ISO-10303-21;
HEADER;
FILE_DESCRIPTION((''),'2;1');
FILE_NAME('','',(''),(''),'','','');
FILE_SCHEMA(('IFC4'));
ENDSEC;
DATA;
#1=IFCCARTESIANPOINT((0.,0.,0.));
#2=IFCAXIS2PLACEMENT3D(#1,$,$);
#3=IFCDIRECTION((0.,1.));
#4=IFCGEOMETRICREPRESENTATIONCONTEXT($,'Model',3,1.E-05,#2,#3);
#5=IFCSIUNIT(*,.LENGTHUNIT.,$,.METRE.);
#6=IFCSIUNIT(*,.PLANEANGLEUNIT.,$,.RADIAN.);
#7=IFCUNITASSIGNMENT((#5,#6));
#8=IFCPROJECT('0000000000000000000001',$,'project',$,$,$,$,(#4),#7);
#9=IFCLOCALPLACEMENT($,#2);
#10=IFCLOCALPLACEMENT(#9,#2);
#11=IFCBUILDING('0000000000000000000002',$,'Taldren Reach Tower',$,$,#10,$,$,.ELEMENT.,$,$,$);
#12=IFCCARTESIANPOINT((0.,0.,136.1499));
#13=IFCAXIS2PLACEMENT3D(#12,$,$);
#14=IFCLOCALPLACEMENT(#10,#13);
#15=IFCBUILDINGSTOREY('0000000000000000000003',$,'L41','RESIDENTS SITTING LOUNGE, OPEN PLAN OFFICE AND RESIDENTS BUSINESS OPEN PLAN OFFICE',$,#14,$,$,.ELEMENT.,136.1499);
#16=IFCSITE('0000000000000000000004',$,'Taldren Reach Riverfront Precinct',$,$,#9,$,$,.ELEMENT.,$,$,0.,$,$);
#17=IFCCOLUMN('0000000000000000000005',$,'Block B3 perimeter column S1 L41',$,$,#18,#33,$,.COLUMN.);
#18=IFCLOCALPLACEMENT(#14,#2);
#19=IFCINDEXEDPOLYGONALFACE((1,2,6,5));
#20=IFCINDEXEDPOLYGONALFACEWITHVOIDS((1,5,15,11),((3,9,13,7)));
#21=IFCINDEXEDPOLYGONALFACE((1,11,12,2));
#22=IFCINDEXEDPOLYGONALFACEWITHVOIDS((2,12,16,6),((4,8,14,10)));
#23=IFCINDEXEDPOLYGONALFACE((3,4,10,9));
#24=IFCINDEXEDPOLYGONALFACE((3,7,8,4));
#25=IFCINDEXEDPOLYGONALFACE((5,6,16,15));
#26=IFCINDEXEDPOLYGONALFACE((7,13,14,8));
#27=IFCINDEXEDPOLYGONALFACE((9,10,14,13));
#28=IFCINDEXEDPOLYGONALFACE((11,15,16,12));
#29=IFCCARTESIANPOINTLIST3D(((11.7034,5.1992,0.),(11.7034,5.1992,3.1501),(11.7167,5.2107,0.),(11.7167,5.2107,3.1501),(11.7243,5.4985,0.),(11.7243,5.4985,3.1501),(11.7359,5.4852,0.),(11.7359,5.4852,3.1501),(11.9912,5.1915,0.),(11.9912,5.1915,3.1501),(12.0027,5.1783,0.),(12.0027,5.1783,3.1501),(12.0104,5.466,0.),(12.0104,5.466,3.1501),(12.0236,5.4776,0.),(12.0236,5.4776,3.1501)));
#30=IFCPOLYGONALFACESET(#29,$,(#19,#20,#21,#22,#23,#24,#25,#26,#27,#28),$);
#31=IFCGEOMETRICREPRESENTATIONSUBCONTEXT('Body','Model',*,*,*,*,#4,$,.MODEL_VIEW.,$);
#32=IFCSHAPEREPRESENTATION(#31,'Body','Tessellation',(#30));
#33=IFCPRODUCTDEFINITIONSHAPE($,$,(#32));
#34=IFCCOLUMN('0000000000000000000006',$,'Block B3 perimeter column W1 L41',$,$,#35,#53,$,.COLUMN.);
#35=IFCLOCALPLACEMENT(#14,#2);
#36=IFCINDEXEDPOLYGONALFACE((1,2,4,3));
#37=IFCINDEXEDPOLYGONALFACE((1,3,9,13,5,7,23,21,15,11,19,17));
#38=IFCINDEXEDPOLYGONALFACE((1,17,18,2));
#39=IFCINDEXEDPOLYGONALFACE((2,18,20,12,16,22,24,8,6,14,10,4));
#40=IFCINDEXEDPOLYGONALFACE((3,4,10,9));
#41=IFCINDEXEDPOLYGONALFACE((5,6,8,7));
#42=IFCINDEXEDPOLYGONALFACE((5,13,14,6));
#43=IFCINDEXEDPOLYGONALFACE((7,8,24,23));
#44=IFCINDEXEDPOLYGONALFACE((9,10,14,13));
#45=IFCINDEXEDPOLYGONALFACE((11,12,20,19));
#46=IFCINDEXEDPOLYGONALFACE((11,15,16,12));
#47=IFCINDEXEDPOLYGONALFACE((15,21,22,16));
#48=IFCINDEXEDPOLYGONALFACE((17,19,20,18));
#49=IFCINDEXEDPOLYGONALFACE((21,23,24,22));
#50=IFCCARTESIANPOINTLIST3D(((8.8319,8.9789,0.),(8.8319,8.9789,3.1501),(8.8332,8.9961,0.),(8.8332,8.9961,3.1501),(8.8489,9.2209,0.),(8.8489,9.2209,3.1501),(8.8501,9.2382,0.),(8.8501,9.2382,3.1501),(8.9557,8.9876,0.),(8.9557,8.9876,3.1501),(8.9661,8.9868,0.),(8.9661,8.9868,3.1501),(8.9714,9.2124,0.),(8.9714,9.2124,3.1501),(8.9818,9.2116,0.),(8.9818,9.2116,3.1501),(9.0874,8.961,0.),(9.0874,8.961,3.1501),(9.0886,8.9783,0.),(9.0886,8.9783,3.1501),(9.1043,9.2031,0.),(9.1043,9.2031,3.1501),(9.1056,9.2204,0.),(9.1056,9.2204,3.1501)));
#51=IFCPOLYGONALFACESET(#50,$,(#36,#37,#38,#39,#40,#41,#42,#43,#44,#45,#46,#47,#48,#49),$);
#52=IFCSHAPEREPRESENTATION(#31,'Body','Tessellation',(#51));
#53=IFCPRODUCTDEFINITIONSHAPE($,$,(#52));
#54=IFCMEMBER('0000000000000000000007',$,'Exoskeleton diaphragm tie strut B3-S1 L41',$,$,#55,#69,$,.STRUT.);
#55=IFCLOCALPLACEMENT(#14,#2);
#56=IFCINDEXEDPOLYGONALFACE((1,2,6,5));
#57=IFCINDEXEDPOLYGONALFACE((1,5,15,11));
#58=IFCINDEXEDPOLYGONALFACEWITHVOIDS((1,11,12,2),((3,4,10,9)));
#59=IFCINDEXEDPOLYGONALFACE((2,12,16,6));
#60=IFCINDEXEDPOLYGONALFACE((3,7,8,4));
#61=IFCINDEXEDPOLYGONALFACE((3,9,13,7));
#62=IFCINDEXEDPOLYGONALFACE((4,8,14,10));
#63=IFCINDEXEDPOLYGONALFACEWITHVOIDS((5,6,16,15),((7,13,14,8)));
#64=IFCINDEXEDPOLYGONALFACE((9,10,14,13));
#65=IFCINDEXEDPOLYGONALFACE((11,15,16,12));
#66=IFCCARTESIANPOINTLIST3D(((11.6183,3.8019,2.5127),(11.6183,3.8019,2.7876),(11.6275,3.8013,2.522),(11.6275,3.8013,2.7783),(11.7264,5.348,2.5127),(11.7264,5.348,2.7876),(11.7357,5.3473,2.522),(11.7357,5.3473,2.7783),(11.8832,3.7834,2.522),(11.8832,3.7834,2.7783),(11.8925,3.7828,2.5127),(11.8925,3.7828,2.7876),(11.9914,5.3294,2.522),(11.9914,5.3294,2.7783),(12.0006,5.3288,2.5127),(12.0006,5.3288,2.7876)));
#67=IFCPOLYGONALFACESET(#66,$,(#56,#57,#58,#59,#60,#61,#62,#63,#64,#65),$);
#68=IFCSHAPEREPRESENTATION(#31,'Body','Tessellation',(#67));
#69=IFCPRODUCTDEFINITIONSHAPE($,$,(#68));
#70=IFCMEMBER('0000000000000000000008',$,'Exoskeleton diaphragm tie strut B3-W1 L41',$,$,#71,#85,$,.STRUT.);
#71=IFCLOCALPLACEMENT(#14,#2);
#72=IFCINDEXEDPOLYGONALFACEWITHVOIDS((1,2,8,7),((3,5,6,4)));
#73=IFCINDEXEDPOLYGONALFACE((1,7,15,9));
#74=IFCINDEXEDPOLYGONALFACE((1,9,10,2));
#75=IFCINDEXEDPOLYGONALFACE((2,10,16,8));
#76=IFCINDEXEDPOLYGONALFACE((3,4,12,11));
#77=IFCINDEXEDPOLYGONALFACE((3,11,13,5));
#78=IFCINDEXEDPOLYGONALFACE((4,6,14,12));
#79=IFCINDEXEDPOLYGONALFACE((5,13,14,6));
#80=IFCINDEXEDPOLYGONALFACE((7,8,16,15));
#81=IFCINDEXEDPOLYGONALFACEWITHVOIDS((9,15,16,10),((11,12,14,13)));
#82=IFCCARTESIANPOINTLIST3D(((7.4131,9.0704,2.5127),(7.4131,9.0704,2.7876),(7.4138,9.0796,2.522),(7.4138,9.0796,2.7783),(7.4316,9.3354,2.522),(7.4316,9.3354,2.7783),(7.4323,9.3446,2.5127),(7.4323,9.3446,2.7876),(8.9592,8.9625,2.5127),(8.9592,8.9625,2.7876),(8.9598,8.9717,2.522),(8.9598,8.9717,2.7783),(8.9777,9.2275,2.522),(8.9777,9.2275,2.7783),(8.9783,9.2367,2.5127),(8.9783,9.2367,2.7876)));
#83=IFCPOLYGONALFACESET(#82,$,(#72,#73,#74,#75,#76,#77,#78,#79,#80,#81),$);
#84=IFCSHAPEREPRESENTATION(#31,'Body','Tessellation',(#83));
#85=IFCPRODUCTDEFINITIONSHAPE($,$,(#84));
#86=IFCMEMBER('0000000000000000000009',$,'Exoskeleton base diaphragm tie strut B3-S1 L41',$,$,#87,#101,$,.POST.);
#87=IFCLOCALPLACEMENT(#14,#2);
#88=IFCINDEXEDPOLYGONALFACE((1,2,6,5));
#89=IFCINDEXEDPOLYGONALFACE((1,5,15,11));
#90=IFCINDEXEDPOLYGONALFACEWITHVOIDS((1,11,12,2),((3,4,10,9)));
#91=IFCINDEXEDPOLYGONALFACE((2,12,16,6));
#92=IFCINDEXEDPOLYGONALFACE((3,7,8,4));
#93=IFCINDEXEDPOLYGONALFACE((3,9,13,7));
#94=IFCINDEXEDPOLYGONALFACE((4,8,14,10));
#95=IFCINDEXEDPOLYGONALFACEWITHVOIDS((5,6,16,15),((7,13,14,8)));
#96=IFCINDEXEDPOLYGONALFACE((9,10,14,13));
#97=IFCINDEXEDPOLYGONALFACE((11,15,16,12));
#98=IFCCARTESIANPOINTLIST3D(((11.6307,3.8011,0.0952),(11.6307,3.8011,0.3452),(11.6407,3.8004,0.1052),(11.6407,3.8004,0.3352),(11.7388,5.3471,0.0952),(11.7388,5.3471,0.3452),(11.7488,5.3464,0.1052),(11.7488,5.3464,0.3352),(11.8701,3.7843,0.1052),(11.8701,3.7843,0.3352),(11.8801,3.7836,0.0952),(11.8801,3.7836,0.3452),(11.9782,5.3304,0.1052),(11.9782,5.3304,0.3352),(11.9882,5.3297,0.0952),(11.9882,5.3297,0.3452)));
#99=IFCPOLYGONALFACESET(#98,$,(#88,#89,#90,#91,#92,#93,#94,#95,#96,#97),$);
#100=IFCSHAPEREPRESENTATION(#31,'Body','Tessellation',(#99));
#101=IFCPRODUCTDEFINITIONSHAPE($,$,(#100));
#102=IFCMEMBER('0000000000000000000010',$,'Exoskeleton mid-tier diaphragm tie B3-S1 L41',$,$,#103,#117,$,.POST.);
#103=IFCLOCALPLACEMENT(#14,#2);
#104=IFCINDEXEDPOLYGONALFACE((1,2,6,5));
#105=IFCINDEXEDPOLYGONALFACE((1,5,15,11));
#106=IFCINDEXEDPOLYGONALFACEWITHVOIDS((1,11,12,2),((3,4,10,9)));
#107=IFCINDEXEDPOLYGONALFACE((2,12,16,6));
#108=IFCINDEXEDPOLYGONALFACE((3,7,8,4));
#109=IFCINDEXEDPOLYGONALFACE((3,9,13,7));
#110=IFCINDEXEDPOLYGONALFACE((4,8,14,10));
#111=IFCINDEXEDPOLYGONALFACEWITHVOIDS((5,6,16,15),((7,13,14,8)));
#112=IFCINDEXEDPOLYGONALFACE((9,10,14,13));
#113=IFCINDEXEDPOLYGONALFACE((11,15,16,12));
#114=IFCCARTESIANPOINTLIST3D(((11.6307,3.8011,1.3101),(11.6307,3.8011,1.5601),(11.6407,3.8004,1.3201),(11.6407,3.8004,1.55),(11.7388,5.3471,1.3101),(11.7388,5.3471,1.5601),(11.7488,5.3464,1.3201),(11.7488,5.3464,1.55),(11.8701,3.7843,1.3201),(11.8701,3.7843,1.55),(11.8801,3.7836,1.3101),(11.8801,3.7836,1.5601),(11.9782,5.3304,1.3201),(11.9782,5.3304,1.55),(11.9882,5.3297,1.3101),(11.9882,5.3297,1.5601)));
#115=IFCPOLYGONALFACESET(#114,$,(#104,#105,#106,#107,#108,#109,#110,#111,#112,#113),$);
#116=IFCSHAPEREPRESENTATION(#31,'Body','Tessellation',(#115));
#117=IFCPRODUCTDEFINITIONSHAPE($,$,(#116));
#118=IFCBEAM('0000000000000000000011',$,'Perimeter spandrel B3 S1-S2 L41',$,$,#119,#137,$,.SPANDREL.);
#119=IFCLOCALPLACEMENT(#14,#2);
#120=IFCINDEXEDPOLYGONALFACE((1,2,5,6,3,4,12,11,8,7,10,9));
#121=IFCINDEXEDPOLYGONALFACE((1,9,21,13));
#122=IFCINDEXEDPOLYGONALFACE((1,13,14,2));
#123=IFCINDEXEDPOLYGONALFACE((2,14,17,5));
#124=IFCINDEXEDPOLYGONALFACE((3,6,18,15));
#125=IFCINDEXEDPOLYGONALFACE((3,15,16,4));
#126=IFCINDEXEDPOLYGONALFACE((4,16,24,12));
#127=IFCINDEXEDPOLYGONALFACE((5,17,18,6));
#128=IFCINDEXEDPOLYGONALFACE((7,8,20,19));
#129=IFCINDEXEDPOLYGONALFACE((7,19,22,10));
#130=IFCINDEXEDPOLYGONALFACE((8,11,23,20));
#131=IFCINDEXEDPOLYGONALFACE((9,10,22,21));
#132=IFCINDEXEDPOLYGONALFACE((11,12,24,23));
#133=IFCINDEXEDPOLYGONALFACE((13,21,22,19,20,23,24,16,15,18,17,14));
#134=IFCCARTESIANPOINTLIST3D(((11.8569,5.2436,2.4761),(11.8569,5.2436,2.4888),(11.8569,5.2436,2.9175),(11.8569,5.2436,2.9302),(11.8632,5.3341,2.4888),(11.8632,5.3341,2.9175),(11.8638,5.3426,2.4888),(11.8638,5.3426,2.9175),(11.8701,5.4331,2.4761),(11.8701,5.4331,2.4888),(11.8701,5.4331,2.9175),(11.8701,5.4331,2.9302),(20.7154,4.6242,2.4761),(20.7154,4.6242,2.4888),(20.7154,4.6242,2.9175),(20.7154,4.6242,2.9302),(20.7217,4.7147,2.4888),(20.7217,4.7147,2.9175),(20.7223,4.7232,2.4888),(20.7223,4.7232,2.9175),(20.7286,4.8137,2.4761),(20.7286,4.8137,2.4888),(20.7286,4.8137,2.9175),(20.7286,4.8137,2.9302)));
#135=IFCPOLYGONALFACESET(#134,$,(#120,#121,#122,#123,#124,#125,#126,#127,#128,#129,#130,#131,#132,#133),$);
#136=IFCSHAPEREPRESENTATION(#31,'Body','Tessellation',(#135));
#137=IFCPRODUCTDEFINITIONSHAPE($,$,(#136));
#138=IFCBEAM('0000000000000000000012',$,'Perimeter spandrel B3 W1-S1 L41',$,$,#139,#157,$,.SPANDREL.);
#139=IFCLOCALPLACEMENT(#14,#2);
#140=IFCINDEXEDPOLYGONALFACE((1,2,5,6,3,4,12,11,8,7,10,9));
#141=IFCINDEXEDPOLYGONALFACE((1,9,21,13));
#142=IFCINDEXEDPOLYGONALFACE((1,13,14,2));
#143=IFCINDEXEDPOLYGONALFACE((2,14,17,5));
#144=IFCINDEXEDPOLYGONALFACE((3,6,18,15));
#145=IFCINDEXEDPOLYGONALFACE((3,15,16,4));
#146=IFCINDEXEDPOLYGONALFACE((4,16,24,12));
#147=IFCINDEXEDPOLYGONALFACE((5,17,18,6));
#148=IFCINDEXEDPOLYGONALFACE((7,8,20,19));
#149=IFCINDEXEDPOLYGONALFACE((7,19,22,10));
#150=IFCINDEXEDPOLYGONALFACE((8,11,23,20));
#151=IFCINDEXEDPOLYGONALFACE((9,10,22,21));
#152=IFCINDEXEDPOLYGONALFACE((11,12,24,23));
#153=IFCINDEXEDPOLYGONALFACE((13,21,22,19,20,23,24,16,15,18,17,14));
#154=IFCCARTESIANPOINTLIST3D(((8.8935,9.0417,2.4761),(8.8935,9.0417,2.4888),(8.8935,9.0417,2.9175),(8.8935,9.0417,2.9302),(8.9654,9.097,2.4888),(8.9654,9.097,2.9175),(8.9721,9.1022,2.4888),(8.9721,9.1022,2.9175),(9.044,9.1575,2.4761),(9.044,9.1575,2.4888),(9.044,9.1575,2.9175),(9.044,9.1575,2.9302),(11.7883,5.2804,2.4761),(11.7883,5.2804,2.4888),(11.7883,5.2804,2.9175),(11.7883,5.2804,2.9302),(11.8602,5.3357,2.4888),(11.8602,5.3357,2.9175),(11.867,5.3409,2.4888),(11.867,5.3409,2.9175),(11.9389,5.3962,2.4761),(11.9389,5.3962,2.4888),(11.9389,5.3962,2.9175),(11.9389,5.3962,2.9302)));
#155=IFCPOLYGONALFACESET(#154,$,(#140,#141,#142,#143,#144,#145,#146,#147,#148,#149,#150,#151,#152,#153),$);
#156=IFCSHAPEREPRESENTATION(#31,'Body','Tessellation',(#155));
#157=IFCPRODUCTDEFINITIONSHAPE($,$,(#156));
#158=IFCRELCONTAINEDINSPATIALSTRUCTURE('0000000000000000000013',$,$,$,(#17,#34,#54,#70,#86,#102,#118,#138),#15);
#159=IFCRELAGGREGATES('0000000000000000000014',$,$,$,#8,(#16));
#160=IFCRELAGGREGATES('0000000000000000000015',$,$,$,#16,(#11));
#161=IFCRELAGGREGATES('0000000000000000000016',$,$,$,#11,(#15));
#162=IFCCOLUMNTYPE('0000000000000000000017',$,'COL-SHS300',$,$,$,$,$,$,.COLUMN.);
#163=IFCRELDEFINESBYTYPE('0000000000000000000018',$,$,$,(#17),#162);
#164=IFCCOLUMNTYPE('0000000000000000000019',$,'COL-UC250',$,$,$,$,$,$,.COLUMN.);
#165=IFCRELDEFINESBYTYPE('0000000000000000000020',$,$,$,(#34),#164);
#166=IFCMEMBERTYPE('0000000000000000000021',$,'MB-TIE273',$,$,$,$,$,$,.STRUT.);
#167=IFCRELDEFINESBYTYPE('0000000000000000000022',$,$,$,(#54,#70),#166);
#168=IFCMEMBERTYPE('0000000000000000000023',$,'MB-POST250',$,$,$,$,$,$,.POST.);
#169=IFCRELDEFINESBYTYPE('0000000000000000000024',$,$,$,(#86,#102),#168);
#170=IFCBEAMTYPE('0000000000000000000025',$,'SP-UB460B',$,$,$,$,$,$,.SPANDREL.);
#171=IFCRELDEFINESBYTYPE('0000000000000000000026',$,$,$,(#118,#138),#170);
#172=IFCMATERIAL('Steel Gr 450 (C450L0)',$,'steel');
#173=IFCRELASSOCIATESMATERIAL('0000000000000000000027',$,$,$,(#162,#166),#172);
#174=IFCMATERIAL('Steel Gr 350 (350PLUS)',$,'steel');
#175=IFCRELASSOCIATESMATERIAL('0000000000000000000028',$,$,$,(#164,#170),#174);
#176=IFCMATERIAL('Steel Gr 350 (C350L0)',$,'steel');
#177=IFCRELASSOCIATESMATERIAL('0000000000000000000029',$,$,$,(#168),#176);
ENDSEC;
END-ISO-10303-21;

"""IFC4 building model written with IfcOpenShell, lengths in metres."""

from ifc_helpers import new_model, si_unit, direction, frame, origin, origin_2d, place, context, subcontext, project, spatial, hollow_rectangle, i_section, extrude, source, transform, mapped, material, material_profile, profile_set, type_object, element, save


model = new_model("IFC4")

# Units and contexts
model_context = context("Model", 3, precision=1e-05, world=origin(), true_north=direction((0.0, 1.0)))
body_context = subcontext(model_context, "Body", "Model", "MODEL_VIEW")
ifc_project = project(units=[si_unit("LENGTHUNIT", "METRE"), si_unit("PLANEANGLEUNIT", "RADIAN")], contexts=[model_context])

# Site, building, storey
site_placement = place(None, origin())
site = spatial("IfcSite", under=ifc_project, at=site_placement, Name="Taldren Reach Riverfront Precinct", CompositionType="ELEMENT", RefElevation=0.0)
building_placement = place(site_placement, origin())
building = spatial("IfcBuilding", under=site, at=building_placement, Name="Taldren Reach Tower", CompositionType="ELEMENT")
storey_placement = place(building_placement, frame((0.0, 0.0, 136.1499)))
storey = spatial("IfcBuildingStorey", under=building, at=storey_placement, Name="L41", Description="RESIDENTS SITTING LOUNGE, OPEN PLAN OFFICE AND RESIDENTS BUSINESS OPEN PLAN OFFICE", CompositionType="ELEMENT", Elevation=136.1499)

# Columns
ifc_material_1 = material(Name="Steel Gr 450 (C450L0)", Category="steel")
ifc_material_profile_1 = material_profile(ifc_material_1, hollow_rectangle(XDim=0.3, YDim=0.3, WallThickness=0.0125, at=origin_2d()), Name="300x300x12.5SHS")
ifc_profile_set_1 = profile_set([ifc_material_profile_1], Name="Steel Gr 450 (C450L0)")
column_type_1 = type_object("IfcColumnType", Name="COL-SHS300", PredefinedType="COLUMN", material=ifc_profile_set_1)
shared_shape_1 = source(origin(), body_context, "Body", "SweptSolid", [
    extrude(hollow_rectangle(XDim=0.3, YDim=0.3, WallThickness=0.0125, at=origin_2d()), origin(), (0.0, 0.0, 1.0), 3.1501),
])
column_1_placement = place(storey_placement, frame((11.8635, 5.3384, 0.0), z_axis=(0.0, 0.0, 1.0), x_axis=(0.997564, -0.069756, 0.0)))
element("IfcColumn", 1, at=column_1_placement, inside=storey, type_object=column_type_1, Name="Block B3 perimeter column S1 L41", PredefinedType="COLUMN", context=body_context, shape_type="MappedRepresentation", body=[
    mapped(shared_shape_1, transform((0.0, 0.0, 0.0), scale=1.0)),
])
ifc_material_2 = material(Name="Steel Gr 350 (350PLUS)", Category="steel")
ifc_material_profile_2 = material_profile(ifc_material_2, i_section(OverallWidth=0.2561, OverallDepth=0.26, WebThickness=0.0105, FlangeThickness=0.0173, at=origin_2d()), Name="250UC89.5")
ifc_profile_set_2 = profile_set([ifc_material_profile_2], Name="Steel Gr 350 (350PLUS)")
column_type_2 = type_object("IfcColumnType", Name="COL-UC250", PredefinedType="COLUMN", material=ifc_profile_set_2)
shared_shape_2 = source(origin(), body_context, "Body", "SweptSolid", [
    extrude(i_section(OverallWidth=0.2561, OverallDepth=0.26, WebThickness=0.0105, FlangeThickness=0.0173, at=origin_2d()), origin(), (0.0, 0.0, 1.0), 3.1501),
])
column_2_placement = place(storey_placement, frame((8.9688, 9.0996, 0.0), z_axis=(0.0, 0.0, 1.0), x_axis=(0.997564, -0.069756, 0.0)))
element("IfcColumn", 2, at=column_2_placement, inside=storey, type_object=column_type_2, Name="Block B3 perimeter column W1 L41", PredefinedType="COLUMN", context=body_context, shape_type="MappedRepresentation", body=[
    mapped(shared_shape_2, transform((0.0, 0.0, 0.0), scale=1.0)),
])

# Members
ifc_material_profile_3 = material_profile(ifc_material_1, hollow_rectangle(XDim=0.2749, YDim=0.2749, WallThickness=0.0093, at=origin_2d()), Name="275x275x9.3SHS")
ifc_profile_set_3 = profile_set([ifc_material_profile_3], Name="Steel Gr 450 (C450L0)")
member_type_1 = type_object("IfcMemberType", Name="MB-TIE273", PredefinedType="STRUT", material=ifc_profile_set_3)
shared_shape_3 = source(origin(), body_context, "Body", "SweptSolid", [
    extrude(hollow_rectangle(XDim=0.2749, YDim=0.2749, WallThickness=0.0093, at=origin_2d()), origin(), (0.0, 0.0, 1.0), 1.5498),
])
for number, where, z_axis, x_axis, name in (
    (3, (11.8635, 5.3384, 2.6501), (-0.069781, -0.997562, 0.0), (0.997562, -0.069781, 0.0), "Exoskeleton diaphragm tie strut B3-S1 L41"),
    (4, (8.9688, 9.0996, 2.6501), (-0.997573, 0.069624, 0.0), (-0.069624, -0.997573, 0.0), "Exoskeleton diaphragm tie strut B3-W1 L41"),
):
    element("IfcMember", number, at=place(storey_placement, frame(where, z_axis=z_axis, x_axis=x_axis)), inside=storey, type_object=member_type_1, Name=name, PredefinedType="STRUT", context=body_context, shape_type="MappedRepresentation", body=[
        mapped(shared_shape_3, transform((0.0, 0.0, 0.0), scale=1.0)),
    ])
ifc_material_3 = material(Name="Steel Gr 350 (C350L0)", Category="steel")
ifc_material_profile_4 = material_profile(ifc_material_3, hollow_rectangle(XDim=0.25, YDim=0.25, WallThickness=0.01, at=origin_2d()), Name="250x250x10.0SHS")
ifc_profile_set_4 = profile_set([ifc_material_profile_4], Name="Steel Gr 350 (C350L0)")
member_type_2 = type_object("IfcMemberType", Name="MB-POST250", PredefinedType="POST", material=ifc_profile_set_4)
shared_shape_4 = source(origin(), body_context, "Body", "SweptSolid", [
    extrude(hollow_rectangle(XDim=0.25, YDim=0.25, WallThickness=0.01, at=origin_2d()), origin(), (0.0, 0.0, 1.0), 1.5498),
])
for number, where, z_axis, x_axis, name in (
    (5, (11.8635, 5.3384, 0.2202), (-0.069781, -0.997562, 0.0), (0.997562, -0.069781, 0.0), "Exoskeleton base diaphragm tie strut B3-S1 L41"),
    (6, (11.8635, 5.3384, 1.4351), (-0.069781, -0.997562, 0.0), (0.997562, -0.069781, 0.0), "Exoskeleton mid-tier diaphragm tie B3-S1 L41"),
):
    element("IfcMember", number, at=place(storey_placement, frame(where, z_axis=z_axis, x_axis=x_axis)), inside=storey, type_object=member_type_2, Name=name, PredefinedType="POST", context=body_context, shape_type="MappedRepresentation", body=[
        mapped(shared_shape_4, transform((0.0, 0.0, 0.0), scale=1.0)),
    ])

# Beams
ifc_material_profile_5 = material_profile(ifc_material_2, i_section(OverallWidth=0.1899, OverallDepth=0.4541, WebThickness=0.0085, FlangeThickness=0.0127, at=origin_2d()), Name="460UB67.1")
ifc_profile_set_5 = profile_set([ifc_material_profile_5], Name="Steel Gr 350 (350PLUS)")
beam_type_1 = type_object("IfcBeamType", Name="SP-UB460B", PredefinedType="SPANDREL", material=ifc_profile_set_5)
shared_shape_5 = source(origin(), body_context, "Body", "SweptSolid", [
    extrude(i_section(OverallWidth=0.1899, OverallDepth=0.4541, WebThickness=0.0085, FlangeThickness=0.0127, at=origin_2d()), origin(), (0.0, 0.0, 1.0), 8.8801),
])
beam_1_placement = place(storey_placement, frame((11.8635, 5.3384, 2.7031), z_axis=(0.997564, -0.06975, 0.0), x_axis=(0.06975, 0.997564, 0.0)))
element("IfcBeam", 7, at=beam_1_placement, inside=storey, type_object=beam_type_1, Name="Perimeter spandrel B3 S1-S2 L41", PredefinedType="SPANDREL", context=body_context, shape_type="MappedRepresentation", body=[
    mapped(shared_shape_5, transform((0.0, 0.0, 0.0), scale=1.0)),
])
shared_shape_6 = source(origin(), body_context, "Body", "SweptSolid", [
    extrude(i_section(OverallWidth=0.1899, OverallDepth=0.4541, WebThickness=0.0085, FlangeThickness=0.0127, at=origin_2d()), origin(), (0.0, 0.0, 1.0), 4.7463),
])
beam_2_placement = place(storey_placement, frame((8.9688, 9.0996, 2.7031), z_axis=(0.609912, -0.792469, 0.0), x_axis=(0.792469, 0.609912, 0.0)))
element("IfcBeam", 8, at=beam_2_placement, inside=storey, type_object=beam_type_1, Name="Perimeter spandrel B3 W1-S1 L41", PredefinedType="SPANDREL", context=body_context, shape_type="MappedRepresentation", body=[
    mapped(shared_shape_6, transform((0.0, 0.0, 0.0), scale=1.0)),
])

save(model, "model.ifc")
